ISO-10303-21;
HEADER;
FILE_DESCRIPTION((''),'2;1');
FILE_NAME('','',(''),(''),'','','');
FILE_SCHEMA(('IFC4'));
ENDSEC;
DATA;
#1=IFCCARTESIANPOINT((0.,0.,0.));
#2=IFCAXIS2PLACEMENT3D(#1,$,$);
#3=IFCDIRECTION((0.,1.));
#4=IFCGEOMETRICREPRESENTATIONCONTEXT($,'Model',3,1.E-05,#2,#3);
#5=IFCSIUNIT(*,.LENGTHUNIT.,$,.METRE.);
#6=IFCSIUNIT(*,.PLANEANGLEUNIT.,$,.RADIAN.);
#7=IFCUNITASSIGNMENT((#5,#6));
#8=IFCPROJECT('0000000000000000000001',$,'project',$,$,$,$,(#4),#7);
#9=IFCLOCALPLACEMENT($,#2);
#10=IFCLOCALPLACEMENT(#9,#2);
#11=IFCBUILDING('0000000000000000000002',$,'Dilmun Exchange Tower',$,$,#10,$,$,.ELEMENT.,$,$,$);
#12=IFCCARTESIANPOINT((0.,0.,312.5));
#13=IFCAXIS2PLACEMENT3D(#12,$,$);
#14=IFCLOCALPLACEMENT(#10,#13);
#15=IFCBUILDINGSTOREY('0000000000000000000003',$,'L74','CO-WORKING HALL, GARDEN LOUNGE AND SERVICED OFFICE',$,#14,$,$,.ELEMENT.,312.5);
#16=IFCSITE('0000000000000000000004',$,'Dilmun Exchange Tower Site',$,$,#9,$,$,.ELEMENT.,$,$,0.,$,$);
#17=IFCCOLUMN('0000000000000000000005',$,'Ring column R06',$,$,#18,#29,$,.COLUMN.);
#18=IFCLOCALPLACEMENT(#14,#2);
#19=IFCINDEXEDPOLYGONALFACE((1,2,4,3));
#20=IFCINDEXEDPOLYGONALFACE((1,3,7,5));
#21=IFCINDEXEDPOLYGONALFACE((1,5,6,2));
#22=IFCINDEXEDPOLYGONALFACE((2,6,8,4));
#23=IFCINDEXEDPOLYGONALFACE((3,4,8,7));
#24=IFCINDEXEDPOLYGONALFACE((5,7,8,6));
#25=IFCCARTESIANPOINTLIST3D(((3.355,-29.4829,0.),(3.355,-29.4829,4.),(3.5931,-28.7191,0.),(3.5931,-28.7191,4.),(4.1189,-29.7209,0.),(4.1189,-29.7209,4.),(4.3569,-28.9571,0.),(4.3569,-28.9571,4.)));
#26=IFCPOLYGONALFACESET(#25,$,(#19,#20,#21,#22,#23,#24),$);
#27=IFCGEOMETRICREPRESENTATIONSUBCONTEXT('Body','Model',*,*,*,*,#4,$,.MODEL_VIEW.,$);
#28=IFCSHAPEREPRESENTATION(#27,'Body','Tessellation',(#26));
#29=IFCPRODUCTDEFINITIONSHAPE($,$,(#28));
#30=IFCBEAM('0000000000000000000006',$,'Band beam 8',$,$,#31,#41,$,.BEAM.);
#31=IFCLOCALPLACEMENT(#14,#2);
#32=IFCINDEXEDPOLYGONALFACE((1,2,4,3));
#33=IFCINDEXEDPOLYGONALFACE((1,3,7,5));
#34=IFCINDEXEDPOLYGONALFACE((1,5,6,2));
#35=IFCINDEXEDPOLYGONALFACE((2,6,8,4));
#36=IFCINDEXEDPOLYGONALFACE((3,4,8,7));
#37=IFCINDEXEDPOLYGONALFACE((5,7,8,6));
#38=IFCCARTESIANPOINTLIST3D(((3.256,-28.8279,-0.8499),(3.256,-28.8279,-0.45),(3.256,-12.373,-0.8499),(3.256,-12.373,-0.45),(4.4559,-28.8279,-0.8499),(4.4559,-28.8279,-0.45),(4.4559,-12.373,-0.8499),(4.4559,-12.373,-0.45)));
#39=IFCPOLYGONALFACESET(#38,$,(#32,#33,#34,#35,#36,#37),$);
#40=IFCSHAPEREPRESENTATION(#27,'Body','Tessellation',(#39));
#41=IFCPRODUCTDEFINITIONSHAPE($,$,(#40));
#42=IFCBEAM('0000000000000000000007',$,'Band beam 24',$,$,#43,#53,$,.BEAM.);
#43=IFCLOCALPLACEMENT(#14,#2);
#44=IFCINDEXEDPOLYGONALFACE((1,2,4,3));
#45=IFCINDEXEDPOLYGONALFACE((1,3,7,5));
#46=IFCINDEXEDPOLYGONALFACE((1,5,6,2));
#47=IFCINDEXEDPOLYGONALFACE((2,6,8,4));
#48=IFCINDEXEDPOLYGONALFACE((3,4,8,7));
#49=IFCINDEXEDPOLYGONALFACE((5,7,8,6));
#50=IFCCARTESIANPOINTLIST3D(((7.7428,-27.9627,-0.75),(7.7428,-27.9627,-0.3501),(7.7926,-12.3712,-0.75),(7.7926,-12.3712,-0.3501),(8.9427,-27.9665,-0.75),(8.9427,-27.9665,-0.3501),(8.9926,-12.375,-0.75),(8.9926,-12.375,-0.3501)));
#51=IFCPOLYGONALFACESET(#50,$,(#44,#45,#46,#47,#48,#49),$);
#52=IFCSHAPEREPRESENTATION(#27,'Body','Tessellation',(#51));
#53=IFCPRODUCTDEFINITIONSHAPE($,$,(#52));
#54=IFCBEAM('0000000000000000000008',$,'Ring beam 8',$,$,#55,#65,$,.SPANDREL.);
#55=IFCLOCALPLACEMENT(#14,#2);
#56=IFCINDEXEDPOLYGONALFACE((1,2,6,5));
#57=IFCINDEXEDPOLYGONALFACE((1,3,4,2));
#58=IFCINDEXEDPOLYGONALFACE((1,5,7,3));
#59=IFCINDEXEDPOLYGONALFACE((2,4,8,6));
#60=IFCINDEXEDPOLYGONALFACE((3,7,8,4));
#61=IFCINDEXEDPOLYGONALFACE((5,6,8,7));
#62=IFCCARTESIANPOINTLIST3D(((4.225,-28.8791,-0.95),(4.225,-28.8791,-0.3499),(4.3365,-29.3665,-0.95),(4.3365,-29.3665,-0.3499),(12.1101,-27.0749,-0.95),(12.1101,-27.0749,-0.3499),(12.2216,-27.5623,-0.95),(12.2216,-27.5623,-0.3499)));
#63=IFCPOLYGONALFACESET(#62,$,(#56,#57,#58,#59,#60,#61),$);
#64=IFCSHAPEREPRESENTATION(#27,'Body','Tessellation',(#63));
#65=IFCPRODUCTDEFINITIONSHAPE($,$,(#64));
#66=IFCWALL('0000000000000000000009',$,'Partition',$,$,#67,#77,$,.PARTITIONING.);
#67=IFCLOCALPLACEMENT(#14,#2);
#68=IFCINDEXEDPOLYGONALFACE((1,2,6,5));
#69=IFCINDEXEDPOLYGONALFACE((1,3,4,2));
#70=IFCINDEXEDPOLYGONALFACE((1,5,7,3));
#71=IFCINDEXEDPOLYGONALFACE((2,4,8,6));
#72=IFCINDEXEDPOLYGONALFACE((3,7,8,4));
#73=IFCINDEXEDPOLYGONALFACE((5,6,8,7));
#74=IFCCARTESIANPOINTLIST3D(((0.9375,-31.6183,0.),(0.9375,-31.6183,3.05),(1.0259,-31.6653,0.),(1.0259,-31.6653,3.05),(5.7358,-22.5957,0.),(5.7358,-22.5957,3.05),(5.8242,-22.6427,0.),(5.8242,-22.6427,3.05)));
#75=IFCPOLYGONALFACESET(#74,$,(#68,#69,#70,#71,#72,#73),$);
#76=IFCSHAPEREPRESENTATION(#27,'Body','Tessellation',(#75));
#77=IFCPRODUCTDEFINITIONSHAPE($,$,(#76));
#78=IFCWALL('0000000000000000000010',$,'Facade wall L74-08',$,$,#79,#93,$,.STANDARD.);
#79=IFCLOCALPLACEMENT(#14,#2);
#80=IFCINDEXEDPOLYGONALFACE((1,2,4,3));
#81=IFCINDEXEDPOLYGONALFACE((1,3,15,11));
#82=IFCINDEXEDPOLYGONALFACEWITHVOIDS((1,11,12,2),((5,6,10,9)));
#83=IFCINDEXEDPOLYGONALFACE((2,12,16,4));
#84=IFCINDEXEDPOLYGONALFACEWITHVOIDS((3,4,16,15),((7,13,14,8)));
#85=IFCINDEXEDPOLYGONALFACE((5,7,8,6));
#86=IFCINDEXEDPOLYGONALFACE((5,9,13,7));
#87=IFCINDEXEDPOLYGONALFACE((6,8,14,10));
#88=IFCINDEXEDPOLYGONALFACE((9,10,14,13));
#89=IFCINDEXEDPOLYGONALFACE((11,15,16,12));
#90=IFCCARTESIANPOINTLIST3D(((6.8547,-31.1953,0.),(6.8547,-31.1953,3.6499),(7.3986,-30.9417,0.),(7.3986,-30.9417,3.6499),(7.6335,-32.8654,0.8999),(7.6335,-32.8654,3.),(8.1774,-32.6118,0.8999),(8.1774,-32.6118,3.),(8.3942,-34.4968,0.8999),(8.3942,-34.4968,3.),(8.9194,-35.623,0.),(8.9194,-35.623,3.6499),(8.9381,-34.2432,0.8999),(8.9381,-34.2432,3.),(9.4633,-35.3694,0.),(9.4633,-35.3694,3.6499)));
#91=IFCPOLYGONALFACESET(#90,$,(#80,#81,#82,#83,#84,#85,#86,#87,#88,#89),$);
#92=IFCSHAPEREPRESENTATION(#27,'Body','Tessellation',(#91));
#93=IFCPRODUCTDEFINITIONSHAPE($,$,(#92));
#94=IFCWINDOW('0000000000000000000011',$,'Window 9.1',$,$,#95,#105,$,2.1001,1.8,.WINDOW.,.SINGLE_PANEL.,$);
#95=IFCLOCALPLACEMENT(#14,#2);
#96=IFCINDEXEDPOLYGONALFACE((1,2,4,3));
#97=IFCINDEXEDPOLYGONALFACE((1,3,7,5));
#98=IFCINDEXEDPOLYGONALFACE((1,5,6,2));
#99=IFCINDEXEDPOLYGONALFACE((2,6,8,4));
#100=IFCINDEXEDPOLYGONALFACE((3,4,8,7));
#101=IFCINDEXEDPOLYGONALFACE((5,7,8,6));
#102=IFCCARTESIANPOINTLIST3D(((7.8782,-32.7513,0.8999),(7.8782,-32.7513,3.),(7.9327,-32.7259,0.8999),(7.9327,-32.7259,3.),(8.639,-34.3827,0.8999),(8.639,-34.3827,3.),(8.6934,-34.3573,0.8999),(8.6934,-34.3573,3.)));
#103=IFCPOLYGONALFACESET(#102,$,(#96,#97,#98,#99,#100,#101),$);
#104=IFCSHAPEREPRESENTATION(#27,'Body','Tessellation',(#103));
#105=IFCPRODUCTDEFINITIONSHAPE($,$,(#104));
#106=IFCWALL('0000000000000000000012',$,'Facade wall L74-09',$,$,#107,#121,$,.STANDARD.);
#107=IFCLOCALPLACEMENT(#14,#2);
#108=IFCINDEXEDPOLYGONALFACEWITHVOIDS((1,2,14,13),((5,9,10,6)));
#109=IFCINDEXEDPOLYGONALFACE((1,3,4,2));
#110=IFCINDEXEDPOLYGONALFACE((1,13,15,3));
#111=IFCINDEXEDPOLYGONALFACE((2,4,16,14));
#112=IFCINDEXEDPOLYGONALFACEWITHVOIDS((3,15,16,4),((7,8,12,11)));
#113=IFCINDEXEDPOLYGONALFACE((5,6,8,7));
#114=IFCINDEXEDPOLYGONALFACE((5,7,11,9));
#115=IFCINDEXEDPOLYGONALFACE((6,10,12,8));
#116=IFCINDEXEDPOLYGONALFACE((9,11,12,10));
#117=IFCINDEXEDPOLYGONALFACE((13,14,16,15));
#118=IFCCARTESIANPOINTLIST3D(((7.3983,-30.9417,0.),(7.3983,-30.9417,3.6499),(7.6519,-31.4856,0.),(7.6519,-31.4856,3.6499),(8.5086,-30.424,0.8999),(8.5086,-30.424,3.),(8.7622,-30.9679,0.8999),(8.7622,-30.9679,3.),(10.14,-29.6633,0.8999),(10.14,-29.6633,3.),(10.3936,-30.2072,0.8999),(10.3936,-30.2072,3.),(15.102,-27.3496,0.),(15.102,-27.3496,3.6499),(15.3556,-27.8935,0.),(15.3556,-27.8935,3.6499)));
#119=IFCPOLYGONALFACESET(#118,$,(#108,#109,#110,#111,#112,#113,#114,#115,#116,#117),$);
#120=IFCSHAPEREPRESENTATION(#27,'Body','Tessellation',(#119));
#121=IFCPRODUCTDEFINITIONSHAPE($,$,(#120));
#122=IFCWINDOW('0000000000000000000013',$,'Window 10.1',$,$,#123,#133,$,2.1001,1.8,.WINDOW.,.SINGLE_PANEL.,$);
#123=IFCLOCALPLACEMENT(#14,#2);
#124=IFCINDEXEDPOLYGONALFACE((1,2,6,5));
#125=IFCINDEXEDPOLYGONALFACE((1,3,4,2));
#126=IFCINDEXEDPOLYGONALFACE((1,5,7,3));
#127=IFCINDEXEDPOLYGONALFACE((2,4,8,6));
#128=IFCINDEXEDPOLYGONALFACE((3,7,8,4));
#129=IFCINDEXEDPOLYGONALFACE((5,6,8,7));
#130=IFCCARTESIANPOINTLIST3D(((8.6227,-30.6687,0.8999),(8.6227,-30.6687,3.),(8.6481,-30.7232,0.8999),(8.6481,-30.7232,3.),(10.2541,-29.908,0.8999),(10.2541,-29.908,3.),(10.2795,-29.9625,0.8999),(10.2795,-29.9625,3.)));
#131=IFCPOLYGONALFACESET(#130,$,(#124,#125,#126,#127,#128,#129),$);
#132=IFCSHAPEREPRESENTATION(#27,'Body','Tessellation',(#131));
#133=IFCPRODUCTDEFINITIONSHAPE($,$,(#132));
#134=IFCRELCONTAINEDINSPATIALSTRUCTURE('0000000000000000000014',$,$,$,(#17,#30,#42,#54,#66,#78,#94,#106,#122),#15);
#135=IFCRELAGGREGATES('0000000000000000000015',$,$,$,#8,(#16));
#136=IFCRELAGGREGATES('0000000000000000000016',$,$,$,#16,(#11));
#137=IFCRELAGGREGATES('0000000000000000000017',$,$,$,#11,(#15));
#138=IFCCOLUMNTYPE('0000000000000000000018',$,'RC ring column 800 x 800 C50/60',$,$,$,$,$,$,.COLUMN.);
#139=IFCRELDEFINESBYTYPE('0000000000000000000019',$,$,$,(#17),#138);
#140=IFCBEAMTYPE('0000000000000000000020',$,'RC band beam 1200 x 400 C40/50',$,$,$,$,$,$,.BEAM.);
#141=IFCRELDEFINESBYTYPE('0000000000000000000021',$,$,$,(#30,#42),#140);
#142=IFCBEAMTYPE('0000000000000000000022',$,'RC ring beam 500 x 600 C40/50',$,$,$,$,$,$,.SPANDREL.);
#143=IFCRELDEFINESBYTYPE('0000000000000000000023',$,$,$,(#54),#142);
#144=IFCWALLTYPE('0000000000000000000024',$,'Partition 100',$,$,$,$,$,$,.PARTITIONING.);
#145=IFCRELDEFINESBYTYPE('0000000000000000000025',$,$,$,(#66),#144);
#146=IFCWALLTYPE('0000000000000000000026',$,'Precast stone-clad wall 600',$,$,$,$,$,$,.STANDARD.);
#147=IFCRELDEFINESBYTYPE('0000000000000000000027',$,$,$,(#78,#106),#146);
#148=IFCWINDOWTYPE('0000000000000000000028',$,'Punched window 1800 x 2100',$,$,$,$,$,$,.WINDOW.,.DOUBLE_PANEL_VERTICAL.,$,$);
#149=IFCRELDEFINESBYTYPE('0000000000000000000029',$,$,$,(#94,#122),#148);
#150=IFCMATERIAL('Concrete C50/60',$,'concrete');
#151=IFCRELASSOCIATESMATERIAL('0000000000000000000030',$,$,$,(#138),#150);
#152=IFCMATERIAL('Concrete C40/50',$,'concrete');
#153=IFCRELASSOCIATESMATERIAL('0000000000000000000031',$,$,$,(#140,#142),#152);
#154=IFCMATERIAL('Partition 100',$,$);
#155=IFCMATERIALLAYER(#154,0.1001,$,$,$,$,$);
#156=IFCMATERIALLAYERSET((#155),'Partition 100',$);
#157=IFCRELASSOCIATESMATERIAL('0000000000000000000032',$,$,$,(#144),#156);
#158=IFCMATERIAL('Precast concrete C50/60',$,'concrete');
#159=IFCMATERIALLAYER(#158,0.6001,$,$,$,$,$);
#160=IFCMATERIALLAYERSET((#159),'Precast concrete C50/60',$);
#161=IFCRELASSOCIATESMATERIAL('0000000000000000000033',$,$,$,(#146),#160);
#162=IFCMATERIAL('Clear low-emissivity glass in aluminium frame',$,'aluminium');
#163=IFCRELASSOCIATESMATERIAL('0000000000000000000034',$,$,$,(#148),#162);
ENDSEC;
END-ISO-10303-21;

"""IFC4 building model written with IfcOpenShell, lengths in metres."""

from ifc_helpers import new_model, si_unit, direction, frame, frame_2d, origin, origin_2d, place, context, subcontext, project, spatial, rectangle, extrude, material, layer, layer_set, material_profile, profile_set, type_object, element, fill, save


model = new_model("IFC4")

# Units and contexts
model_context = context("Model", 3, precision=1e-05, world=origin(), true_north=direction((0.0, 1.0)))
body_context = subcontext(model_context, "Body", "Model", "MODEL_VIEW")
ifc_project = project(units=[si_unit("LENGTHUNIT", "METRE"), si_unit("PLANEANGLEUNIT", "RADIAN")], contexts=[model_context])

# Site, building, storey
site_placement = place(None, origin())
site = spatial("IfcSite", under=ifc_project, at=site_placement, Name="Dilmun Exchange Tower Site", CompositionType="ELEMENT", RefElevation=0.0)
building_placement = place(site_placement, origin())
building = spatial("IfcBuilding", under=site, at=building_placement, Name="Dilmun Exchange Tower", CompositionType="ELEMENT")
storey_placement = place(building_placement, frame((0.0, 0.0, 312.5)))
storey = spatial("IfcBuildingStorey", under=building, at=storey_placement, Name="L74", Description="CO-WORKING HALL, GARDEN LOUNGE AND SERVICED OFFICE", CompositionType="ELEMENT", Elevation=312.5)

# Column
ifc_material_1 = material(Name="Concrete C50/60", Category="concrete")
ifc_material_profile_1 = material_profile(ifc_material_1, rectangle(XDim=0.8, YDim=0.8, at=origin_2d()), Name="800 x 800")
ifc_profile_set_1 = profile_set([ifc_material_profile_1], Name="Concrete C50/60")
column_type = type_object("IfcColumnType", Name="RC ring column 800 x 800 C50/60", PredefinedType="COLUMN", material=ifc_profile_set_1)
column_placement = place(storey_placement, frame((3.856, -29.22, 0.0), z_axis=(0.0, 0.0, 1.0), x_axis=(0.297503, 0.954721, 0.0)))
element("IfcColumn", 1, at=column_placement, inside=storey, type_object=column_type, Name="Ring column R06", PredefinedType="COLUMN", context=body_context, shape_type="SweptSolid", body=[
    extrude(rectangle(XDim=0.8, YDim=0.8, at=origin_2d()), origin(), (0.0, 0.0, 1.0), 4.0),
])

# Beams
ifc_material_2 = material(Name="Concrete C40/50", Category="concrete")
ifc_material_profile_2 = material_profile(ifc_material_2, rectangle(XDim=1.2, YDim=0.3999, at=origin_2d()), Name="1200 x 400")
ifc_profile_set_2 = profile_set([ifc_material_profile_2], Name="Concrete C40/50")
beam_type_1 = type_object("IfcBeamType", Name="RC band beam 1200 x 400 C40/50", PredefinedType="BEAM", material=ifc_profile_set_2)
beam_1_placement = place(storey_placement, frame((3.856, -28.8279, -0.6499), z_axis=(0.0, 1.0, 0.0), x_axis=(-1.0, 0.0, 0.0)))
element("IfcBeam", 2, at=beam_1_placement, inside=storey, type_object=beam_type_1, Name="Band beam 8", PredefinedType="BEAM", context=body_context, shape_type="SweptSolid", body=[
    extrude(rectangle(XDim=1.2, YDim=0.3999, at=origin_2d()), origin(), (0.0, 0.0, 1.0), 16.4548),
])
beam_2_placement = place(storey_placement, frame((8.3428, -27.9646, -0.55), z_axis=(0.003194, 0.999995, 0.0), x_axis=(-0.999995, 0.003194, 0.0)))
element("IfcBeam", 3, at=beam_2_placement, inside=storey, type_object=beam_type_1, Name="Band beam 24", PredefinedType="BEAM", context=body_context, shape_type="SweptSolid", body=[
    extrude(rectangle(XDim=1.2, YDim=0.3999, at=origin_2d()), origin(), (0.0, 0.0, 1.0), 15.5916),
])
ifc_material_profile_3 = material_profile(ifc_material_2, rectangle(XDim=0.5, YDim=0.6001, at=origin_2d()), Name="500 x 600")
ifc_profile_set_3 = profile_set([ifc_material_profile_3], Name="Concrete C40/50")
beam_type_2 = type_object("IfcBeamType", Name="RC ring beam 500 x 600 C40/50", PredefinedType="SPANDREL", material=ifc_profile_set_3)
beam_3_placement = place(storey_placement, frame((4.2808, -29.1228, -0.6499), z_axis=(0.974807, 0.223049, 0.0), x_axis=(-0.223049, 0.974807, 0.0)))
element("IfcBeam", 4, at=beam_3_placement, inside=storey, type_object=beam_type_2, Name="Ring beam 8", PredefinedType="SPANDREL", context=body_context, shape_type="SweptSolid", body=[
    extrude(rectangle(XDim=0.5, YDim=0.6001, at=origin_2d()), origin(), (0.0, 0.0, 1.0), 8.0889),
])

# Wall
ifc_material_3 = material(Name="Partition 100")
ifc_layer_1 = layer(ifc_material_3, 0.1001)
ifc_layer_set_1 = layer_set([ifc_layer_1], Name="Partition 100")
wall_type_1 = type_object("IfcWallType", Name="Partition 100", PredefinedType="PARTITIONING", material=ifc_layer_set_1)
wall_1_placement = place(storey_placement, frame((0.9817, -31.6418, 0.0), z_axis=(0.0, 0.0, 1.0), x_axis=(0.469539, 0.882912, 0.0)))
element("IfcWall", 5, at=wall_1_placement, inside=storey, type_object=wall_type_1, Name="Partition", PredefinedType="PARTITIONING", context=body_context, shape_type="SweptSolid", body=[
    extrude(rectangle(XDim=10.2192, YDim=0.1001, at=frame_2d((5.1096, 0.0))), origin(), (0.0, 0.0, 1.0), 3.05),
])

# Walls, openings, windows
ifc_material_4 = material(Name="Precast concrete C50/60", Category="concrete")
ifc_layer_2 = layer(ifc_material_4, 0.6001)
ifc_layer_set_2 = layer_set([ifc_layer_2], Name="Precast concrete C50/60")
wall_type_2 = type_object("IfcWallType", Name="Precast stone-clad wall 600", PredefinedType="STANDARD", material=ifc_layer_set_2)
wall_2_placement = place(storey_placement, frame((9.1914, -35.4963, 0.0), z_axis=(0.0, 0.0, 1.0), x_axis=(-0.42262, 0.906307, 0.0)))
wall_2 = element("IfcWall", 6, at=wall_2_placement, inside=storey, type_object=wall_type_2, Name="Facade wall L74-08", PredefinedType="STANDARD", context=body_context, shape_type="SweptSolid", body=[
    extrude(rectangle(XDim=4.8855, YDim=0.6001, at=frame_2d((2.4429, 0.0))), origin(), (0.0, 0.0, 1.0), 3.6499),
])
opening_1_placement = place(wall_2_placement, frame((1.2429, 0.0, 0.8999)))
opening_1 = element("IfcOpeningElement", 7, at=opening_1_placement, cuts=wall_2, PredefinedType="OPENING", context=body_context, shape_type="SweptSolid", body=[
    extrude(rectangle(XDim=1.8, YDim=2.1001, at=frame_2d((0.8999, 1.05))), frame((0.0, 0.3101, 0.0), z_axis=(0.0, -1.0, 0.0), x_axis=(1.0, 0.0, 0.0)), (0.0, 0.0, 1.0), 0.6201),
])
ifc_material_5 = material(Name="Clear low-emissivity glass in aluminium frame", Category="aluminium")
window_type = type_object("IfcWindowType", Name="Punched window 1800 x 2100", PartitioningType="DOUBLE_PANEL_VERTICAL", PredefinedType="WINDOW", material=ifc_material_5)
window_1_placement = place(opening_1_placement, origin())
window_1 = element("IfcWindow", 8, at=window_1_placement, inside=storey, type_object=window_type, Name="Window 9.1", OverallHeight=2.1001, OverallWidth=1.8, PartitioningType="SINGLE_PANEL", PredefinedType="WINDOW", context=body_context, shape_type="SweptSolid", body=[
    extrude(rectangle(XDim=1.8, YDim=2.1001, at=frame_2d((0.8999, 1.05))), frame((0.0, 0.03, 0.0), z_axis=(0.0, -1.0, 0.0), x_axis=(1.0, 0.0, 0.0)), (0.0, 0.0, 1.0), 0.0601),
])
fill(opening_1, window_1)
wall_3_placement = place(storey_placement, frame((7.5251, -31.2136, 0.0), z_axis=(0.0, 0.0, 1.0), x_axis=(0.906317, 0.422598, 0.0)))
wall_3 = element("IfcWall", 9, at=wall_3_placement, inside=storey, type_object=wall_type_2, Name="Facade wall L74-09", PredefinedType="STANDARD", context=body_context, shape_type="SweptSolid", body=[
    extrude(rectangle(XDim=8.5, YDim=0.6001, at=frame_2d((4.25, 0.0))), origin(), (0.0, 0.0, 1.0), 3.6499),
])
opening_2_placement = place(wall_3_placement, frame((1.2251, 0.0, 0.8999)))
opening_2 = element("IfcOpeningElement", 10, at=opening_2_placement, cuts=wall_3, PredefinedType="OPENING", context=body_context, shape_type="SweptSolid", body=[
    extrude(rectangle(XDim=1.8, YDim=2.1001, at=frame_2d((0.8999, 1.05))), frame((0.0, 0.3101, 0.0), z_axis=(0.0, -1.0, 0.0), x_axis=(1.0, 0.0, 0.0)), (0.0, 0.0, 1.0), 0.6201),
])
window_2_placement = place(opening_2_placement, origin())
window_2 = element("IfcWindow", 11, at=window_2_placement, inside=storey, type_object=window_type, Name="Window 10.1", OverallHeight=2.1001, OverallWidth=1.8, PartitioningType="SINGLE_PANEL", PredefinedType="WINDOW", context=body_context, shape_type="SweptSolid", body=[
    extrude(rectangle(XDim=1.8, YDim=2.1001, at=frame_2d((0.8999, 1.05))), frame((0.0, 0.03, 0.0), z_axis=(0.0, -1.0, 0.0), x_axis=(1.0, 0.0, 0.0)), (0.0, 0.0, 1.0), 0.0601),
])
fill(opening_2, window_2)

save(model, "model.ifc")
